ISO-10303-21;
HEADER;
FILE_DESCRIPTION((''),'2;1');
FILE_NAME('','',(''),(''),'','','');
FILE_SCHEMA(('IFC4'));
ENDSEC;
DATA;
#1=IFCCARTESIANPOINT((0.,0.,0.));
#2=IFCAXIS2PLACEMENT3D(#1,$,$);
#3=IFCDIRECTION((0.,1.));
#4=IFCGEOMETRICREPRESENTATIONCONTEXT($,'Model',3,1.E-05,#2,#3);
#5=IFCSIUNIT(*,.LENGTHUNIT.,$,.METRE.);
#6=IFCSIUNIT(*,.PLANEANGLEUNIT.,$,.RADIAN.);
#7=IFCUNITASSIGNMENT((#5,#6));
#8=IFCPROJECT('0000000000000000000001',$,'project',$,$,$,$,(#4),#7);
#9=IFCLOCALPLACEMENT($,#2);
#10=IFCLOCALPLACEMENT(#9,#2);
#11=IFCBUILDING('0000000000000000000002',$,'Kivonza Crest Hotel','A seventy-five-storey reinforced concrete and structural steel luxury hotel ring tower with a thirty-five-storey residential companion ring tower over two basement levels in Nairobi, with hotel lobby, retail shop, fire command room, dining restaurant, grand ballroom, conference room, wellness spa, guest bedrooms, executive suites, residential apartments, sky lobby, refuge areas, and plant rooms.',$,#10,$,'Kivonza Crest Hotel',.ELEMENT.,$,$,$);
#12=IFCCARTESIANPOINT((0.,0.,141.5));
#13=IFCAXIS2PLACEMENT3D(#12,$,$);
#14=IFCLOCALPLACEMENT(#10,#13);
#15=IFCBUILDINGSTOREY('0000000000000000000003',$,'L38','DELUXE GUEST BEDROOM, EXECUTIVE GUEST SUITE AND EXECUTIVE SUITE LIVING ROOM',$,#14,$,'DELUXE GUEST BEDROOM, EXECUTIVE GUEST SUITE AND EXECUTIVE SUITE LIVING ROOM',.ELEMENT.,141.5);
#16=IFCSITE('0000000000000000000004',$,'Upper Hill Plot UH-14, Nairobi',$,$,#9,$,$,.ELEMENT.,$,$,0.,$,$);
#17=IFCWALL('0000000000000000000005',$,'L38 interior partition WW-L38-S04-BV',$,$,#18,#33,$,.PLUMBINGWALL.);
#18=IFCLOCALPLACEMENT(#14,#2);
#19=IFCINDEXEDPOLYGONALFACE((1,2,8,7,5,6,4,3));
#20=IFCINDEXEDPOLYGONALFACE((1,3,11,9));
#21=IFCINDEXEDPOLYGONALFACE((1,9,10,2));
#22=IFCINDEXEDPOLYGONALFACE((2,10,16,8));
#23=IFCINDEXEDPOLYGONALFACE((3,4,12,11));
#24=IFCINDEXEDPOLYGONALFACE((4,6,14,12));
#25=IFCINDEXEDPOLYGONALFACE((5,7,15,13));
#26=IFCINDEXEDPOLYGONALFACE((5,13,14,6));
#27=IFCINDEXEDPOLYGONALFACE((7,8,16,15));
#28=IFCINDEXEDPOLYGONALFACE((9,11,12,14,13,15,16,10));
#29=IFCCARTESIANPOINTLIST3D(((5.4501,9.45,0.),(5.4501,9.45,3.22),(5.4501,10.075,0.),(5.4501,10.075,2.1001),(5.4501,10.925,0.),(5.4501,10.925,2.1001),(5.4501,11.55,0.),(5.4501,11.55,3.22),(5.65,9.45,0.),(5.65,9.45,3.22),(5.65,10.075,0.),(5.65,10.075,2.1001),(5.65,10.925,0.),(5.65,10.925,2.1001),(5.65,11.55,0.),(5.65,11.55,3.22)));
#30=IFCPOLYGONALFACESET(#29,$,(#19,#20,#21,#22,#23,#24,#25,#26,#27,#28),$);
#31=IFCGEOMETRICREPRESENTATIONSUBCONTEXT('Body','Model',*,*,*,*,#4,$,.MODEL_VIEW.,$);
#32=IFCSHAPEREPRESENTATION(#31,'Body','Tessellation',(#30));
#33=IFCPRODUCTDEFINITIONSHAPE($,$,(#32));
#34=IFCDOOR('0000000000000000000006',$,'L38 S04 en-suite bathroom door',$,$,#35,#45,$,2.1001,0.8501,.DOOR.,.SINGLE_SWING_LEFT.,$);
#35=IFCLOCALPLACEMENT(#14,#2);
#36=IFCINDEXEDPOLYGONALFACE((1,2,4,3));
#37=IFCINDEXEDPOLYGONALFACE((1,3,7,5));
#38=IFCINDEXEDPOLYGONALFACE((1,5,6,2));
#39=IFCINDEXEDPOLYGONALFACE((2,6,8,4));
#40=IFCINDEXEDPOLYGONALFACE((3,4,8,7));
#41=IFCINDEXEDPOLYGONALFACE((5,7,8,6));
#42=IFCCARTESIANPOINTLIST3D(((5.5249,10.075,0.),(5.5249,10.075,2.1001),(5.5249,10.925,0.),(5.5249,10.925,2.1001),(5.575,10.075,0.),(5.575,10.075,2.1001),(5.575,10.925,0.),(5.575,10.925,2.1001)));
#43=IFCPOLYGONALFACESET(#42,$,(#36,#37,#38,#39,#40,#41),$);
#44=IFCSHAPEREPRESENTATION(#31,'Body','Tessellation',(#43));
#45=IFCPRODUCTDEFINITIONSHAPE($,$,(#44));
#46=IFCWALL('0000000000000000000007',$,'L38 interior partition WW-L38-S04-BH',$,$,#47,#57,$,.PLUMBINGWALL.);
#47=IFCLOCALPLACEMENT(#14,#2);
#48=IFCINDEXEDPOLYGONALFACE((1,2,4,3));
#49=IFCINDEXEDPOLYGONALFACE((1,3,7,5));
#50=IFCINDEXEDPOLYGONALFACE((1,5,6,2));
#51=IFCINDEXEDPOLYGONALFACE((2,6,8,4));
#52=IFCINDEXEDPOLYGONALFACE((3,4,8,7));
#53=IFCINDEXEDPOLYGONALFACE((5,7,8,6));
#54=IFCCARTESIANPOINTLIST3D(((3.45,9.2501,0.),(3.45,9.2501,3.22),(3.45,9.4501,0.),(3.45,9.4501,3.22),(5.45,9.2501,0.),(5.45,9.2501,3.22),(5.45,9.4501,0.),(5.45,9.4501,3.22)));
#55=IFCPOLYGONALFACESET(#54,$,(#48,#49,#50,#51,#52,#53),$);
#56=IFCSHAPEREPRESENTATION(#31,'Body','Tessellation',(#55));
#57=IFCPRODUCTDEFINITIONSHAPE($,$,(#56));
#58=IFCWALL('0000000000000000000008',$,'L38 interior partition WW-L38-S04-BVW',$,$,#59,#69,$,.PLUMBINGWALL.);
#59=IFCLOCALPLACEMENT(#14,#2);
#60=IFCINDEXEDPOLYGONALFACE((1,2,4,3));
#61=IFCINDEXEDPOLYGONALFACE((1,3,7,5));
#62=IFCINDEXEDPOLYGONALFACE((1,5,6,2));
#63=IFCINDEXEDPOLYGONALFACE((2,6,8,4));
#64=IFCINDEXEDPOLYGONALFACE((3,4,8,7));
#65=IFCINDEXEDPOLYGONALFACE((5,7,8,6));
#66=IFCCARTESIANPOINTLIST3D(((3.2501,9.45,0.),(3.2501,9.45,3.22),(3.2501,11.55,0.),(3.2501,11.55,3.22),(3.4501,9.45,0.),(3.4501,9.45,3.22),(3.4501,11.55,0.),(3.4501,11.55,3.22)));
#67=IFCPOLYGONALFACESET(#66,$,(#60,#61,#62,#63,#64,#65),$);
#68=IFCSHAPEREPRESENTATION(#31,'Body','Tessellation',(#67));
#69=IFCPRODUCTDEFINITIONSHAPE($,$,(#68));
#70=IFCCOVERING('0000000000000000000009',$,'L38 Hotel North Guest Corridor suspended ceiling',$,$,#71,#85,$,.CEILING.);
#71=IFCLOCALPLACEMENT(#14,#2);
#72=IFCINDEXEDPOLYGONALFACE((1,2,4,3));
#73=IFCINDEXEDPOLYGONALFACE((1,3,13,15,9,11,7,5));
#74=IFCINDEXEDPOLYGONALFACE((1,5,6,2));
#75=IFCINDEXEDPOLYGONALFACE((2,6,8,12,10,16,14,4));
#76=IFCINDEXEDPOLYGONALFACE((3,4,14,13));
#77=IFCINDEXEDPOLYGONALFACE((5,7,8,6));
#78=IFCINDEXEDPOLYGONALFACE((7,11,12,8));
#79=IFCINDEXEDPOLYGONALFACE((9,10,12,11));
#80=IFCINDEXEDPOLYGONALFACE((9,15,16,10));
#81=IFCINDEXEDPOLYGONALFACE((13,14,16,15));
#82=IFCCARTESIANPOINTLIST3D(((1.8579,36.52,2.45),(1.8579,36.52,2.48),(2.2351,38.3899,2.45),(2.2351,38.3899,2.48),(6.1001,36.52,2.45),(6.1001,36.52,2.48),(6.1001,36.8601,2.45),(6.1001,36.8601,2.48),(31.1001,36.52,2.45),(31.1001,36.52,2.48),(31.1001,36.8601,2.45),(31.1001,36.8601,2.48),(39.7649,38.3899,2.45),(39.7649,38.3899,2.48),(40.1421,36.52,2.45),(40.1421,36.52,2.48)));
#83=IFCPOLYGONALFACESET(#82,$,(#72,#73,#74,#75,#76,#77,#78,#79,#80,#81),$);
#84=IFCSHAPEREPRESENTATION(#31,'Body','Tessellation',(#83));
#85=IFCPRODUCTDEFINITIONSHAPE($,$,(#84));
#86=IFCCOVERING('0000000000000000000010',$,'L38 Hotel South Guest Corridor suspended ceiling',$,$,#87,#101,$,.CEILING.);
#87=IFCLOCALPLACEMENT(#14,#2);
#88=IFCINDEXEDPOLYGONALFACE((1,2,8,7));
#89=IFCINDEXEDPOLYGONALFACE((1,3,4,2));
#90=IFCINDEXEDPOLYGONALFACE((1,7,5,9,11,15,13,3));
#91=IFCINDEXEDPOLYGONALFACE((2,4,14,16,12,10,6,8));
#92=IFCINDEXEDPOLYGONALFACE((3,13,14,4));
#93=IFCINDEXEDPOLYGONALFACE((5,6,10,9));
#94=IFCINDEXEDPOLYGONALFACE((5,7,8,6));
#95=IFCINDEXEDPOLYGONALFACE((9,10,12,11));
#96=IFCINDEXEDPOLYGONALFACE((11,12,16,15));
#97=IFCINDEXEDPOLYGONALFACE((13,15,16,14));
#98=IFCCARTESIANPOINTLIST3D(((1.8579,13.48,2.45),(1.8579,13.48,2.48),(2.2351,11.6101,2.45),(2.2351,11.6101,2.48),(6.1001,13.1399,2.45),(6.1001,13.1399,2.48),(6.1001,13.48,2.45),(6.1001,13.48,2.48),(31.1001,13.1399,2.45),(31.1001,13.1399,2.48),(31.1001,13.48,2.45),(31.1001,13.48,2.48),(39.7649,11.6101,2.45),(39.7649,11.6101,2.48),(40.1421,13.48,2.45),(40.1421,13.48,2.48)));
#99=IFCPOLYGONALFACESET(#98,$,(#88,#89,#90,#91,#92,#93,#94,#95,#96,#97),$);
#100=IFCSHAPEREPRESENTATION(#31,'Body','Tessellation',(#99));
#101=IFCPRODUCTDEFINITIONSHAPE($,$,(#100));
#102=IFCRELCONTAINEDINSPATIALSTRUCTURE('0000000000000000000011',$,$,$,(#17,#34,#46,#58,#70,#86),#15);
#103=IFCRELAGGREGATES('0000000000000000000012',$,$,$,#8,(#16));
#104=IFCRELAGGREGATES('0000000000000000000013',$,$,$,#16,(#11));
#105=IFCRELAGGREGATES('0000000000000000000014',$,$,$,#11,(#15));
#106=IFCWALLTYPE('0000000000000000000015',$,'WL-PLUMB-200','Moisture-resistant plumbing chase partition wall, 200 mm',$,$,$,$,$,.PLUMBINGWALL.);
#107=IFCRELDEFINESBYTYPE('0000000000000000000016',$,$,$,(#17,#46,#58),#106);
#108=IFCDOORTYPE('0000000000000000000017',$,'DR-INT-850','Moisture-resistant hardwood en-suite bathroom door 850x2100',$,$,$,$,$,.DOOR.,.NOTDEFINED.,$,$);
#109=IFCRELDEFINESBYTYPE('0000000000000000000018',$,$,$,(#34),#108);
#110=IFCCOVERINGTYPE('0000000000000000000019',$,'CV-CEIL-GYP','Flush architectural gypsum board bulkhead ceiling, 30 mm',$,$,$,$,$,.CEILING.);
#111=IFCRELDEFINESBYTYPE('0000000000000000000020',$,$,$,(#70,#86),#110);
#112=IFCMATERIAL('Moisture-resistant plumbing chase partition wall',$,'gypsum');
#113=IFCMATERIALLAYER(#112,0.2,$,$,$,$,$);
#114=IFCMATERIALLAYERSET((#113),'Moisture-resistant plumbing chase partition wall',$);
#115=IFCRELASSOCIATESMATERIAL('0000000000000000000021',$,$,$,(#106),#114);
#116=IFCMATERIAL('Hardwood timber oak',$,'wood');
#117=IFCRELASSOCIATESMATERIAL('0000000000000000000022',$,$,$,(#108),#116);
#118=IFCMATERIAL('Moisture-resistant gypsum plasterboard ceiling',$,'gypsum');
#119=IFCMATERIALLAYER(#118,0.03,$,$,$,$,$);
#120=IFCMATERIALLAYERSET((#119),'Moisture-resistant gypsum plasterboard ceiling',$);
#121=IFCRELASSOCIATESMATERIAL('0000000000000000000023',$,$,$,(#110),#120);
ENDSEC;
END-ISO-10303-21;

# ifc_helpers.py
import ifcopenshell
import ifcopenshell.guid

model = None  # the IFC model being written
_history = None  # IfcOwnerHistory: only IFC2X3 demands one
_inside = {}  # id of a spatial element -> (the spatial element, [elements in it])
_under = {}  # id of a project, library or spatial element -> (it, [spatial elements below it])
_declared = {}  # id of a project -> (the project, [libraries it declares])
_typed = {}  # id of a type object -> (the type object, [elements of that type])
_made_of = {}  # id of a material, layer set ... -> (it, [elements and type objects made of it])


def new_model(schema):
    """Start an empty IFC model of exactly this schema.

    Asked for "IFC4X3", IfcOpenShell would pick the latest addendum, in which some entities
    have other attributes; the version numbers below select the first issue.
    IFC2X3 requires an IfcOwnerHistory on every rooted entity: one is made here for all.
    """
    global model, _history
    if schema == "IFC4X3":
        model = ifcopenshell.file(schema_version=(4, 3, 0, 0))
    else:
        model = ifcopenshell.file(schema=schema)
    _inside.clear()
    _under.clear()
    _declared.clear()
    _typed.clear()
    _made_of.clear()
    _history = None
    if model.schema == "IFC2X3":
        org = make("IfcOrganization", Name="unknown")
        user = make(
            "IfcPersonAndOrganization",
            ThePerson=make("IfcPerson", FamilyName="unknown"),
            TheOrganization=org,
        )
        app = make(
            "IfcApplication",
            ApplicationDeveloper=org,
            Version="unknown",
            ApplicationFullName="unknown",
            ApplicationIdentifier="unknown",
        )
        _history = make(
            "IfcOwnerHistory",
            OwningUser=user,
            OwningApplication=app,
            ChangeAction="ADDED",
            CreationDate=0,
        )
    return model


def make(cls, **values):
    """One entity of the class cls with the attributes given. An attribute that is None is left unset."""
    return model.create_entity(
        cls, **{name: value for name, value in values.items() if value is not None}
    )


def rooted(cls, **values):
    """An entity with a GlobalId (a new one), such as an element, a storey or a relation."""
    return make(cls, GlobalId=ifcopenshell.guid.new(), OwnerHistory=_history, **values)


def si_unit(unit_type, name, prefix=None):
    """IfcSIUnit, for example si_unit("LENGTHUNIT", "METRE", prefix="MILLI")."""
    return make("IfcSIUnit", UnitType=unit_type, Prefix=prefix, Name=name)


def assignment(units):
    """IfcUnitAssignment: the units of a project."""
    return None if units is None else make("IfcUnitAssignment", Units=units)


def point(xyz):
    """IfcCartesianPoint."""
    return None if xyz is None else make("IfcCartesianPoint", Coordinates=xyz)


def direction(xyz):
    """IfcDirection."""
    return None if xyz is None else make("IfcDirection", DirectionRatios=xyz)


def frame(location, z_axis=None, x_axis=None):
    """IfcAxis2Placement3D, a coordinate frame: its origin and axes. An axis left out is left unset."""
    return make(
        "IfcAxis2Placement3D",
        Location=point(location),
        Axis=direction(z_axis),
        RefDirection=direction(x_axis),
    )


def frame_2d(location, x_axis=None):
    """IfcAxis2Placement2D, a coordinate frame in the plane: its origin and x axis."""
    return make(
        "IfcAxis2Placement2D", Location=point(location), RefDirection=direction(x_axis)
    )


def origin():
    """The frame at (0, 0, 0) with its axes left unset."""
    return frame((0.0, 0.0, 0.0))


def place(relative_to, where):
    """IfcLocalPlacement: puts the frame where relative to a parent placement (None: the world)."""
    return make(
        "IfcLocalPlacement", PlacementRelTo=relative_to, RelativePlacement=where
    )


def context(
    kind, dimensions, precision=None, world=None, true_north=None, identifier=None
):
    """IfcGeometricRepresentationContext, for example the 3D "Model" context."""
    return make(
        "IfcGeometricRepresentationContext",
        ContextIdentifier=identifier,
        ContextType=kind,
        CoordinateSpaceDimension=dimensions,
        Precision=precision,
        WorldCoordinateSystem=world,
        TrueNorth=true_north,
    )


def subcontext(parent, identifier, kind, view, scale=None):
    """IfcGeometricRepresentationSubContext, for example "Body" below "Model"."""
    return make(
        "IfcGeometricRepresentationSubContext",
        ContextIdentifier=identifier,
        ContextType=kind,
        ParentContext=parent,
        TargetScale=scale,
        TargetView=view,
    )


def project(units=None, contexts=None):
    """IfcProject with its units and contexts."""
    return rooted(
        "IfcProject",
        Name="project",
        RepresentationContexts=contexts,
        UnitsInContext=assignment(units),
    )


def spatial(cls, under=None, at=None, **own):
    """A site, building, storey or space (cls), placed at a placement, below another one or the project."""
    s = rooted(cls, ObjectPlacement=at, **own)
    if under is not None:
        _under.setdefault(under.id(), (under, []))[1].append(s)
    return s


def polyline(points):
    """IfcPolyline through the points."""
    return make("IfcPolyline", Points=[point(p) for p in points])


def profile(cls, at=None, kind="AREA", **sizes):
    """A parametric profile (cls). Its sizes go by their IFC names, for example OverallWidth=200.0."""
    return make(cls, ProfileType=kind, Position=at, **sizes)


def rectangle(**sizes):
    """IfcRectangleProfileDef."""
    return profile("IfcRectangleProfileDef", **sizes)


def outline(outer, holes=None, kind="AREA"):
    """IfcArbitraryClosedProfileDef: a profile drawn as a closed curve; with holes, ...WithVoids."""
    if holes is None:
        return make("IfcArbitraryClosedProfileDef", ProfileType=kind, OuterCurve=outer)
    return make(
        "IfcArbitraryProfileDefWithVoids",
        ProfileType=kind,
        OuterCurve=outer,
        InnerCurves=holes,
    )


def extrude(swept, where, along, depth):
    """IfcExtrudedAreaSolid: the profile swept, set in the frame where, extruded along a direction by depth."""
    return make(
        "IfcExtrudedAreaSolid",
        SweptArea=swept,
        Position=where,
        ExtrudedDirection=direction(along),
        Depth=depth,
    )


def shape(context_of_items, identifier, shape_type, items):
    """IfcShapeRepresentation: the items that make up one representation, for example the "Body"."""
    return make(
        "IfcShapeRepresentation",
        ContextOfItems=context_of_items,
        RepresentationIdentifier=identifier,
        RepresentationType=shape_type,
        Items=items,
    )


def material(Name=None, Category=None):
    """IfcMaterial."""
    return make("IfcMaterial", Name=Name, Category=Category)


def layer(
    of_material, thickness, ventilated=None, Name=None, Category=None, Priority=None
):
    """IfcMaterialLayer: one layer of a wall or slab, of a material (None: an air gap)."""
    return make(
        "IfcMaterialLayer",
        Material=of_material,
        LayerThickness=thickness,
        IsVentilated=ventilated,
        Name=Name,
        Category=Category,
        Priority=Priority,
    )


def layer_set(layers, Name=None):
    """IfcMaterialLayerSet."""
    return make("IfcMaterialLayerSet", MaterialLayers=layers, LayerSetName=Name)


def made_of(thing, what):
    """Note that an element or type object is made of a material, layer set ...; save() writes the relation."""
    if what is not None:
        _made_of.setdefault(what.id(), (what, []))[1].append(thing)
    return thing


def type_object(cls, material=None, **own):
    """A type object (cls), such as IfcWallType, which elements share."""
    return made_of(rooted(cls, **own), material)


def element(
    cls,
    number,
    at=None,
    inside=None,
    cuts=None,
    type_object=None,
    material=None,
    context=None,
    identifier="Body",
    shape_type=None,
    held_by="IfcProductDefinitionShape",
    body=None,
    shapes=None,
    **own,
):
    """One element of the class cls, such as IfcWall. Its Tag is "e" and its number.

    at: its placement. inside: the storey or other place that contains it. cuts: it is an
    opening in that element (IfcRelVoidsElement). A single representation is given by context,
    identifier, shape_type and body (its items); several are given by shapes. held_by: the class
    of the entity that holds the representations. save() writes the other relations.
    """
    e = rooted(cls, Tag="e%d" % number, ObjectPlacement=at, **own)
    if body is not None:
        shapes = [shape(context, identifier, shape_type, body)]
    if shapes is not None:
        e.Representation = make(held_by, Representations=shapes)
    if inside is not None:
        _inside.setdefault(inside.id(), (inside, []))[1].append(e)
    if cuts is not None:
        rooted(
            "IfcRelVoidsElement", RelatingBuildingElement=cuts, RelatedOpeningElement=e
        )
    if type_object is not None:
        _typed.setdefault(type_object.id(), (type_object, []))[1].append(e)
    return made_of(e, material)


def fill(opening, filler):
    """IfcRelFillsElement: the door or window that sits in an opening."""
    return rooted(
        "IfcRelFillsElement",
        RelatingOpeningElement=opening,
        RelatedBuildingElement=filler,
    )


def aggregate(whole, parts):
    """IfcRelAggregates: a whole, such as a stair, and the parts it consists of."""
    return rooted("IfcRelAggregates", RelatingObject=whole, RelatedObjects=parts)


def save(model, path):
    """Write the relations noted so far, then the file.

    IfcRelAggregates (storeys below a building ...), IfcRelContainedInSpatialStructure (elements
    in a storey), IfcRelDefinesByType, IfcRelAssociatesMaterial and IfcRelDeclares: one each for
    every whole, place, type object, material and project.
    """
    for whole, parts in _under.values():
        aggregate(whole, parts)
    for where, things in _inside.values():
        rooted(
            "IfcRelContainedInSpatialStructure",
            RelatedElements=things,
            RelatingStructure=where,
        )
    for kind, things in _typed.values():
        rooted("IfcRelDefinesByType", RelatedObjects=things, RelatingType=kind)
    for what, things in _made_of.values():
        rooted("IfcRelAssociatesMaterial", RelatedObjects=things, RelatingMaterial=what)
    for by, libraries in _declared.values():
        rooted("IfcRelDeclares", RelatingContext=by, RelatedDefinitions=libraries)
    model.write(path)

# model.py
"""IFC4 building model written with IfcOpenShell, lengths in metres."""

from ifc_helpers import new_model, si_unit, direction, frame, frame_2d, origin, place, context, subcontext, project, spatial, polyline, rectangle, outline, extrude, material, layer, layer_set, type_object, element, fill, save


model = new_model("IFC4")

# Units and contexts
model_context = context("Model", 3, precision=1e-05, world=origin(), true_north=direction((0.0, 1.0)))
body_context = subcontext(model_context, "Body", "Model", "MODEL_VIEW")
ifc_project = project(units=[si_unit("LENGTHUNIT", "METRE"), si_unit("PLANEANGLEUNIT", "RADIAN")], contexts=[model_context])

# Site, building, storey
site_placement = place(None, origin())
site = spatial("IfcSite", under=ifc_project, at=site_placement, Name="Upper Hill Plot UH-14, Nairobi", CompositionType="ELEMENT", RefElevation=0.0)
building_placement = place(site_placement, origin())
building = spatial("IfcBuilding", under=site, at=building_placement, Name="Kivonza Crest Hotel", Description="A seventy-five-storey reinforced concrete and structural steel luxury hotel ring tower with a thirty-five-storey residential companion ring tower over two basement levels in Nairobi, with hotel lobby, retail shop, fire command room, dining restaurant, grand ballroom, conference room, wellness spa, guest bedrooms, executive suites, residential apartments, sky lobby, refuge areas, and plant rooms.", LongName="Kivonza Crest Hotel", CompositionType="ELEMENT")
storey_placement = place(building_placement, frame((0.0, 0.0, 141.5)))
storey = spatial("IfcBuildingStorey", under=building, at=storey_placement, Name="L38", Description="DELUXE GUEST BEDROOM, EXECUTIVE GUEST SUITE AND EXECUTIVE SUITE LIVING ROOM", LongName="DELUXE GUEST BEDROOM, EXECUTIVE GUEST SUITE AND EXECUTIVE SUITE LIVING ROOM", CompositionType="ELEMENT", Elevation=141.5)

# Shared definitions
ifc_material_1 = material(Name="Hardwood timber oak", Category="wood")

# Wall, opening, door
ifc_material_2 = material(Name="Moisture-resistant plumbing chase partition wall", Category="gypsum")
ifc_layer_1 = layer(ifc_material_2, 0.2)
ifc_layer_set_1 = layer_set([ifc_layer_1], Name="Moisture-resistant plumbing chase partition wall")
wall_type_1 = type_object("IfcWallType", Name="WL-PLUMB-200", Description="Moisture-resistant plumbing chase partition wall, 200 mm", PredefinedType="PLUMBINGWALL", material=ifc_layer_set_1)
wall_1_placement = place(storey_placement, frame((5.55, 9.45, 0.0), z_axis=(0.0, 0.0, 1.0), x_axis=(0.0, 1.0, 0.0)))
wall_1 = element("IfcWall", 1, at=wall_1_placement, inside=storey, type_object=wall_type_1, Name="L38 interior partition WW-L38-S04-BV", PredefinedType="PLUMBINGWALL", context=body_context, shape_type="SweptSolid", body=[
    extrude(rectangle(XDim=2.1001, YDim=0.2, at=frame_2d((1.05, 0.0))), origin(), (0.0, 0.0, 1.0), 3.22),
])
opening_1_placement = place(wall_1_placement, frame((0.625, 0.0, 0.0)))
opening_1 = element("IfcOpeningElement", 2, at=opening_1_placement, cuts=wall_1, PredefinedType="OPENING", context=body_context, shape_type="SweptSolid", body=[
    extrude(rectangle(XDim=0.8501, YDim=2.1001, at=frame_2d((0.425, 1.05))), frame((0.0, 0.1099, 0.0), z_axis=(0.0, -1.0, 0.0), x_axis=(1.0, 0.0, 0.0)), (0.0, 0.0, 1.0), 0.22),
])
door_type_1 = type_object("IfcDoorType", Name="DR-INT-850", Description="Moisture-resistant hardwood en-suite bathroom door 850x2100", OperationType="NOTDEFINED", PredefinedType="DOOR", material=ifc_material_1)
door_1_placement = place(opening_1_placement, frame((0.8501, 0.0, 0.0), z_axis=(0.0, 0.0, 1.0), x_axis=(-1.0, 0.0, 0.0)))
door_1 = element("IfcDoor", 3, at=door_1_placement, inside=storey, type_object=door_type_1, Name="L38 S04 en-suite bathroom door", OperationType="SINGLE_SWING_LEFT", OverallHeight=2.1001, OverallWidth=0.8501, PredefinedType="DOOR", context=body_context, shape_type="SweptSolid", body=[
    extrude(rectangle(XDim=0.8501, YDim=2.1001, at=frame_2d((0.425, 1.05))), frame((0.0, 0.0249, 0.0), z_axis=(0.0, -1.0, 0.0), x_axis=(1.0, 0.0, 0.0)), (0.0, 0.0, 1.0), 0.05),
])
fill(opening_1, door_1)

# Walls
wall_2_placement = place(storey_placement, frame((3.45, 9.3501, 0.0), z_axis=(0.0, 0.0, 1.0), x_axis=(1.0, 0.0, 0.0)))
element("IfcWall", 4, at=wall_2_placement, inside=storey, type_object=wall_type_1, Name="L38 interior partition WW-L38-S04-BH", PredefinedType="PLUMBINGWALL", context=body_context, shape_type="SweptSolid", body=[
    extrude(rectangle(XDim=2.0, YDim=0.2, at=frame_2d((1.0, 0.0))), origin(), (0.0, 0.0, 1.0), 3.22),
])
wall_3_placement = place(storey_placement, frame((3.3501, 9.45, 0.0), z_axis=(0.0, 0.0, 1.0), x_axis=(0.0, 1.0, 0.0)))
element("IfcWall", 5, at=wall_3_placement, inside=storey, type_object=wall_type_1, Name="L38 interior partition WW-L38-S04-BVW", PredefinedType="PLUMBINGWALL", context=body_context, shape_type="SweptSolid", body=[
    extrude(rectangle(XDim=2.1001, YDim=0.2, at=frame_2d((1.05, 0.0))), origin(), (0.0, 0.0, 1.0), 3.22),
])

# Coverings
ifc_material_3 = material(Name="Moisture-resistant gypsum plasterboard ceiling", Category="gypsum")
ifc_layer_2 = layer(ifc_material_3, 0.03)
ifc_layer_set_2 = layer_set([ifc_layer_2], Name="Moisture-resistant gypsum plasterboard ceiling")
covering_type = type_object("IfcCoveringType", Name="CV-CEIL-GYP", Description="Flush architectural gypsum board bulkhead ceiling, 30 mm", PredefinedType="CEILING", material=ifc_layer_set_2)
covering_1_placement = place(storey_placement, frame((0.0, 0.0, 2.45)))
element("IfcCovering", 6, at=covering_1_placement, inside=storey, type_object=covering_type, Name="L38 Hotel North Guest Corridor suspended ceiling", PredefinedType="CEILING", context=body_context, shape_type="SweptSolid", body=[
    extrude(outline(polyline([(2.2351, 38.3899), (1.8579, 36.52), (6.1001, 36.52), (6.1001, 36.8601), (31.1001, 36.8601), (31.1001, 36.52), (40.1421, 36.52), (39.7649, 38.3899), (2.2351, 38.3899)])), origin(), (0.0, 0.0, 1.0), 0.03),
])
covering_2_placement = place(storey_placement, frame((0.0, 0.0, 2.45)))
element("IfcCovering", 7, at=covering_2_placement, inside=storey, type_object=covering_type, Name="L38 Hotel South Guest Corridor suspended ceiling", PredefinedType="CEILING", context=body_context, shape_type="SweptSolid", body=[
    extrude(outline(polyline([(1.8579, 13.48), (2.2351, 11.6101), (39.7649, 11.6101), (40.1421, 13.48), (31.1001, 13.48), (31.1001, 13.1399), (6.1001, 13.1399), (6.1001, 13.48), (1.8579, 13.48)])), origin(), (0.0, 0.0, 1.0), 0.03),
])

save(model, "model.ifc")
